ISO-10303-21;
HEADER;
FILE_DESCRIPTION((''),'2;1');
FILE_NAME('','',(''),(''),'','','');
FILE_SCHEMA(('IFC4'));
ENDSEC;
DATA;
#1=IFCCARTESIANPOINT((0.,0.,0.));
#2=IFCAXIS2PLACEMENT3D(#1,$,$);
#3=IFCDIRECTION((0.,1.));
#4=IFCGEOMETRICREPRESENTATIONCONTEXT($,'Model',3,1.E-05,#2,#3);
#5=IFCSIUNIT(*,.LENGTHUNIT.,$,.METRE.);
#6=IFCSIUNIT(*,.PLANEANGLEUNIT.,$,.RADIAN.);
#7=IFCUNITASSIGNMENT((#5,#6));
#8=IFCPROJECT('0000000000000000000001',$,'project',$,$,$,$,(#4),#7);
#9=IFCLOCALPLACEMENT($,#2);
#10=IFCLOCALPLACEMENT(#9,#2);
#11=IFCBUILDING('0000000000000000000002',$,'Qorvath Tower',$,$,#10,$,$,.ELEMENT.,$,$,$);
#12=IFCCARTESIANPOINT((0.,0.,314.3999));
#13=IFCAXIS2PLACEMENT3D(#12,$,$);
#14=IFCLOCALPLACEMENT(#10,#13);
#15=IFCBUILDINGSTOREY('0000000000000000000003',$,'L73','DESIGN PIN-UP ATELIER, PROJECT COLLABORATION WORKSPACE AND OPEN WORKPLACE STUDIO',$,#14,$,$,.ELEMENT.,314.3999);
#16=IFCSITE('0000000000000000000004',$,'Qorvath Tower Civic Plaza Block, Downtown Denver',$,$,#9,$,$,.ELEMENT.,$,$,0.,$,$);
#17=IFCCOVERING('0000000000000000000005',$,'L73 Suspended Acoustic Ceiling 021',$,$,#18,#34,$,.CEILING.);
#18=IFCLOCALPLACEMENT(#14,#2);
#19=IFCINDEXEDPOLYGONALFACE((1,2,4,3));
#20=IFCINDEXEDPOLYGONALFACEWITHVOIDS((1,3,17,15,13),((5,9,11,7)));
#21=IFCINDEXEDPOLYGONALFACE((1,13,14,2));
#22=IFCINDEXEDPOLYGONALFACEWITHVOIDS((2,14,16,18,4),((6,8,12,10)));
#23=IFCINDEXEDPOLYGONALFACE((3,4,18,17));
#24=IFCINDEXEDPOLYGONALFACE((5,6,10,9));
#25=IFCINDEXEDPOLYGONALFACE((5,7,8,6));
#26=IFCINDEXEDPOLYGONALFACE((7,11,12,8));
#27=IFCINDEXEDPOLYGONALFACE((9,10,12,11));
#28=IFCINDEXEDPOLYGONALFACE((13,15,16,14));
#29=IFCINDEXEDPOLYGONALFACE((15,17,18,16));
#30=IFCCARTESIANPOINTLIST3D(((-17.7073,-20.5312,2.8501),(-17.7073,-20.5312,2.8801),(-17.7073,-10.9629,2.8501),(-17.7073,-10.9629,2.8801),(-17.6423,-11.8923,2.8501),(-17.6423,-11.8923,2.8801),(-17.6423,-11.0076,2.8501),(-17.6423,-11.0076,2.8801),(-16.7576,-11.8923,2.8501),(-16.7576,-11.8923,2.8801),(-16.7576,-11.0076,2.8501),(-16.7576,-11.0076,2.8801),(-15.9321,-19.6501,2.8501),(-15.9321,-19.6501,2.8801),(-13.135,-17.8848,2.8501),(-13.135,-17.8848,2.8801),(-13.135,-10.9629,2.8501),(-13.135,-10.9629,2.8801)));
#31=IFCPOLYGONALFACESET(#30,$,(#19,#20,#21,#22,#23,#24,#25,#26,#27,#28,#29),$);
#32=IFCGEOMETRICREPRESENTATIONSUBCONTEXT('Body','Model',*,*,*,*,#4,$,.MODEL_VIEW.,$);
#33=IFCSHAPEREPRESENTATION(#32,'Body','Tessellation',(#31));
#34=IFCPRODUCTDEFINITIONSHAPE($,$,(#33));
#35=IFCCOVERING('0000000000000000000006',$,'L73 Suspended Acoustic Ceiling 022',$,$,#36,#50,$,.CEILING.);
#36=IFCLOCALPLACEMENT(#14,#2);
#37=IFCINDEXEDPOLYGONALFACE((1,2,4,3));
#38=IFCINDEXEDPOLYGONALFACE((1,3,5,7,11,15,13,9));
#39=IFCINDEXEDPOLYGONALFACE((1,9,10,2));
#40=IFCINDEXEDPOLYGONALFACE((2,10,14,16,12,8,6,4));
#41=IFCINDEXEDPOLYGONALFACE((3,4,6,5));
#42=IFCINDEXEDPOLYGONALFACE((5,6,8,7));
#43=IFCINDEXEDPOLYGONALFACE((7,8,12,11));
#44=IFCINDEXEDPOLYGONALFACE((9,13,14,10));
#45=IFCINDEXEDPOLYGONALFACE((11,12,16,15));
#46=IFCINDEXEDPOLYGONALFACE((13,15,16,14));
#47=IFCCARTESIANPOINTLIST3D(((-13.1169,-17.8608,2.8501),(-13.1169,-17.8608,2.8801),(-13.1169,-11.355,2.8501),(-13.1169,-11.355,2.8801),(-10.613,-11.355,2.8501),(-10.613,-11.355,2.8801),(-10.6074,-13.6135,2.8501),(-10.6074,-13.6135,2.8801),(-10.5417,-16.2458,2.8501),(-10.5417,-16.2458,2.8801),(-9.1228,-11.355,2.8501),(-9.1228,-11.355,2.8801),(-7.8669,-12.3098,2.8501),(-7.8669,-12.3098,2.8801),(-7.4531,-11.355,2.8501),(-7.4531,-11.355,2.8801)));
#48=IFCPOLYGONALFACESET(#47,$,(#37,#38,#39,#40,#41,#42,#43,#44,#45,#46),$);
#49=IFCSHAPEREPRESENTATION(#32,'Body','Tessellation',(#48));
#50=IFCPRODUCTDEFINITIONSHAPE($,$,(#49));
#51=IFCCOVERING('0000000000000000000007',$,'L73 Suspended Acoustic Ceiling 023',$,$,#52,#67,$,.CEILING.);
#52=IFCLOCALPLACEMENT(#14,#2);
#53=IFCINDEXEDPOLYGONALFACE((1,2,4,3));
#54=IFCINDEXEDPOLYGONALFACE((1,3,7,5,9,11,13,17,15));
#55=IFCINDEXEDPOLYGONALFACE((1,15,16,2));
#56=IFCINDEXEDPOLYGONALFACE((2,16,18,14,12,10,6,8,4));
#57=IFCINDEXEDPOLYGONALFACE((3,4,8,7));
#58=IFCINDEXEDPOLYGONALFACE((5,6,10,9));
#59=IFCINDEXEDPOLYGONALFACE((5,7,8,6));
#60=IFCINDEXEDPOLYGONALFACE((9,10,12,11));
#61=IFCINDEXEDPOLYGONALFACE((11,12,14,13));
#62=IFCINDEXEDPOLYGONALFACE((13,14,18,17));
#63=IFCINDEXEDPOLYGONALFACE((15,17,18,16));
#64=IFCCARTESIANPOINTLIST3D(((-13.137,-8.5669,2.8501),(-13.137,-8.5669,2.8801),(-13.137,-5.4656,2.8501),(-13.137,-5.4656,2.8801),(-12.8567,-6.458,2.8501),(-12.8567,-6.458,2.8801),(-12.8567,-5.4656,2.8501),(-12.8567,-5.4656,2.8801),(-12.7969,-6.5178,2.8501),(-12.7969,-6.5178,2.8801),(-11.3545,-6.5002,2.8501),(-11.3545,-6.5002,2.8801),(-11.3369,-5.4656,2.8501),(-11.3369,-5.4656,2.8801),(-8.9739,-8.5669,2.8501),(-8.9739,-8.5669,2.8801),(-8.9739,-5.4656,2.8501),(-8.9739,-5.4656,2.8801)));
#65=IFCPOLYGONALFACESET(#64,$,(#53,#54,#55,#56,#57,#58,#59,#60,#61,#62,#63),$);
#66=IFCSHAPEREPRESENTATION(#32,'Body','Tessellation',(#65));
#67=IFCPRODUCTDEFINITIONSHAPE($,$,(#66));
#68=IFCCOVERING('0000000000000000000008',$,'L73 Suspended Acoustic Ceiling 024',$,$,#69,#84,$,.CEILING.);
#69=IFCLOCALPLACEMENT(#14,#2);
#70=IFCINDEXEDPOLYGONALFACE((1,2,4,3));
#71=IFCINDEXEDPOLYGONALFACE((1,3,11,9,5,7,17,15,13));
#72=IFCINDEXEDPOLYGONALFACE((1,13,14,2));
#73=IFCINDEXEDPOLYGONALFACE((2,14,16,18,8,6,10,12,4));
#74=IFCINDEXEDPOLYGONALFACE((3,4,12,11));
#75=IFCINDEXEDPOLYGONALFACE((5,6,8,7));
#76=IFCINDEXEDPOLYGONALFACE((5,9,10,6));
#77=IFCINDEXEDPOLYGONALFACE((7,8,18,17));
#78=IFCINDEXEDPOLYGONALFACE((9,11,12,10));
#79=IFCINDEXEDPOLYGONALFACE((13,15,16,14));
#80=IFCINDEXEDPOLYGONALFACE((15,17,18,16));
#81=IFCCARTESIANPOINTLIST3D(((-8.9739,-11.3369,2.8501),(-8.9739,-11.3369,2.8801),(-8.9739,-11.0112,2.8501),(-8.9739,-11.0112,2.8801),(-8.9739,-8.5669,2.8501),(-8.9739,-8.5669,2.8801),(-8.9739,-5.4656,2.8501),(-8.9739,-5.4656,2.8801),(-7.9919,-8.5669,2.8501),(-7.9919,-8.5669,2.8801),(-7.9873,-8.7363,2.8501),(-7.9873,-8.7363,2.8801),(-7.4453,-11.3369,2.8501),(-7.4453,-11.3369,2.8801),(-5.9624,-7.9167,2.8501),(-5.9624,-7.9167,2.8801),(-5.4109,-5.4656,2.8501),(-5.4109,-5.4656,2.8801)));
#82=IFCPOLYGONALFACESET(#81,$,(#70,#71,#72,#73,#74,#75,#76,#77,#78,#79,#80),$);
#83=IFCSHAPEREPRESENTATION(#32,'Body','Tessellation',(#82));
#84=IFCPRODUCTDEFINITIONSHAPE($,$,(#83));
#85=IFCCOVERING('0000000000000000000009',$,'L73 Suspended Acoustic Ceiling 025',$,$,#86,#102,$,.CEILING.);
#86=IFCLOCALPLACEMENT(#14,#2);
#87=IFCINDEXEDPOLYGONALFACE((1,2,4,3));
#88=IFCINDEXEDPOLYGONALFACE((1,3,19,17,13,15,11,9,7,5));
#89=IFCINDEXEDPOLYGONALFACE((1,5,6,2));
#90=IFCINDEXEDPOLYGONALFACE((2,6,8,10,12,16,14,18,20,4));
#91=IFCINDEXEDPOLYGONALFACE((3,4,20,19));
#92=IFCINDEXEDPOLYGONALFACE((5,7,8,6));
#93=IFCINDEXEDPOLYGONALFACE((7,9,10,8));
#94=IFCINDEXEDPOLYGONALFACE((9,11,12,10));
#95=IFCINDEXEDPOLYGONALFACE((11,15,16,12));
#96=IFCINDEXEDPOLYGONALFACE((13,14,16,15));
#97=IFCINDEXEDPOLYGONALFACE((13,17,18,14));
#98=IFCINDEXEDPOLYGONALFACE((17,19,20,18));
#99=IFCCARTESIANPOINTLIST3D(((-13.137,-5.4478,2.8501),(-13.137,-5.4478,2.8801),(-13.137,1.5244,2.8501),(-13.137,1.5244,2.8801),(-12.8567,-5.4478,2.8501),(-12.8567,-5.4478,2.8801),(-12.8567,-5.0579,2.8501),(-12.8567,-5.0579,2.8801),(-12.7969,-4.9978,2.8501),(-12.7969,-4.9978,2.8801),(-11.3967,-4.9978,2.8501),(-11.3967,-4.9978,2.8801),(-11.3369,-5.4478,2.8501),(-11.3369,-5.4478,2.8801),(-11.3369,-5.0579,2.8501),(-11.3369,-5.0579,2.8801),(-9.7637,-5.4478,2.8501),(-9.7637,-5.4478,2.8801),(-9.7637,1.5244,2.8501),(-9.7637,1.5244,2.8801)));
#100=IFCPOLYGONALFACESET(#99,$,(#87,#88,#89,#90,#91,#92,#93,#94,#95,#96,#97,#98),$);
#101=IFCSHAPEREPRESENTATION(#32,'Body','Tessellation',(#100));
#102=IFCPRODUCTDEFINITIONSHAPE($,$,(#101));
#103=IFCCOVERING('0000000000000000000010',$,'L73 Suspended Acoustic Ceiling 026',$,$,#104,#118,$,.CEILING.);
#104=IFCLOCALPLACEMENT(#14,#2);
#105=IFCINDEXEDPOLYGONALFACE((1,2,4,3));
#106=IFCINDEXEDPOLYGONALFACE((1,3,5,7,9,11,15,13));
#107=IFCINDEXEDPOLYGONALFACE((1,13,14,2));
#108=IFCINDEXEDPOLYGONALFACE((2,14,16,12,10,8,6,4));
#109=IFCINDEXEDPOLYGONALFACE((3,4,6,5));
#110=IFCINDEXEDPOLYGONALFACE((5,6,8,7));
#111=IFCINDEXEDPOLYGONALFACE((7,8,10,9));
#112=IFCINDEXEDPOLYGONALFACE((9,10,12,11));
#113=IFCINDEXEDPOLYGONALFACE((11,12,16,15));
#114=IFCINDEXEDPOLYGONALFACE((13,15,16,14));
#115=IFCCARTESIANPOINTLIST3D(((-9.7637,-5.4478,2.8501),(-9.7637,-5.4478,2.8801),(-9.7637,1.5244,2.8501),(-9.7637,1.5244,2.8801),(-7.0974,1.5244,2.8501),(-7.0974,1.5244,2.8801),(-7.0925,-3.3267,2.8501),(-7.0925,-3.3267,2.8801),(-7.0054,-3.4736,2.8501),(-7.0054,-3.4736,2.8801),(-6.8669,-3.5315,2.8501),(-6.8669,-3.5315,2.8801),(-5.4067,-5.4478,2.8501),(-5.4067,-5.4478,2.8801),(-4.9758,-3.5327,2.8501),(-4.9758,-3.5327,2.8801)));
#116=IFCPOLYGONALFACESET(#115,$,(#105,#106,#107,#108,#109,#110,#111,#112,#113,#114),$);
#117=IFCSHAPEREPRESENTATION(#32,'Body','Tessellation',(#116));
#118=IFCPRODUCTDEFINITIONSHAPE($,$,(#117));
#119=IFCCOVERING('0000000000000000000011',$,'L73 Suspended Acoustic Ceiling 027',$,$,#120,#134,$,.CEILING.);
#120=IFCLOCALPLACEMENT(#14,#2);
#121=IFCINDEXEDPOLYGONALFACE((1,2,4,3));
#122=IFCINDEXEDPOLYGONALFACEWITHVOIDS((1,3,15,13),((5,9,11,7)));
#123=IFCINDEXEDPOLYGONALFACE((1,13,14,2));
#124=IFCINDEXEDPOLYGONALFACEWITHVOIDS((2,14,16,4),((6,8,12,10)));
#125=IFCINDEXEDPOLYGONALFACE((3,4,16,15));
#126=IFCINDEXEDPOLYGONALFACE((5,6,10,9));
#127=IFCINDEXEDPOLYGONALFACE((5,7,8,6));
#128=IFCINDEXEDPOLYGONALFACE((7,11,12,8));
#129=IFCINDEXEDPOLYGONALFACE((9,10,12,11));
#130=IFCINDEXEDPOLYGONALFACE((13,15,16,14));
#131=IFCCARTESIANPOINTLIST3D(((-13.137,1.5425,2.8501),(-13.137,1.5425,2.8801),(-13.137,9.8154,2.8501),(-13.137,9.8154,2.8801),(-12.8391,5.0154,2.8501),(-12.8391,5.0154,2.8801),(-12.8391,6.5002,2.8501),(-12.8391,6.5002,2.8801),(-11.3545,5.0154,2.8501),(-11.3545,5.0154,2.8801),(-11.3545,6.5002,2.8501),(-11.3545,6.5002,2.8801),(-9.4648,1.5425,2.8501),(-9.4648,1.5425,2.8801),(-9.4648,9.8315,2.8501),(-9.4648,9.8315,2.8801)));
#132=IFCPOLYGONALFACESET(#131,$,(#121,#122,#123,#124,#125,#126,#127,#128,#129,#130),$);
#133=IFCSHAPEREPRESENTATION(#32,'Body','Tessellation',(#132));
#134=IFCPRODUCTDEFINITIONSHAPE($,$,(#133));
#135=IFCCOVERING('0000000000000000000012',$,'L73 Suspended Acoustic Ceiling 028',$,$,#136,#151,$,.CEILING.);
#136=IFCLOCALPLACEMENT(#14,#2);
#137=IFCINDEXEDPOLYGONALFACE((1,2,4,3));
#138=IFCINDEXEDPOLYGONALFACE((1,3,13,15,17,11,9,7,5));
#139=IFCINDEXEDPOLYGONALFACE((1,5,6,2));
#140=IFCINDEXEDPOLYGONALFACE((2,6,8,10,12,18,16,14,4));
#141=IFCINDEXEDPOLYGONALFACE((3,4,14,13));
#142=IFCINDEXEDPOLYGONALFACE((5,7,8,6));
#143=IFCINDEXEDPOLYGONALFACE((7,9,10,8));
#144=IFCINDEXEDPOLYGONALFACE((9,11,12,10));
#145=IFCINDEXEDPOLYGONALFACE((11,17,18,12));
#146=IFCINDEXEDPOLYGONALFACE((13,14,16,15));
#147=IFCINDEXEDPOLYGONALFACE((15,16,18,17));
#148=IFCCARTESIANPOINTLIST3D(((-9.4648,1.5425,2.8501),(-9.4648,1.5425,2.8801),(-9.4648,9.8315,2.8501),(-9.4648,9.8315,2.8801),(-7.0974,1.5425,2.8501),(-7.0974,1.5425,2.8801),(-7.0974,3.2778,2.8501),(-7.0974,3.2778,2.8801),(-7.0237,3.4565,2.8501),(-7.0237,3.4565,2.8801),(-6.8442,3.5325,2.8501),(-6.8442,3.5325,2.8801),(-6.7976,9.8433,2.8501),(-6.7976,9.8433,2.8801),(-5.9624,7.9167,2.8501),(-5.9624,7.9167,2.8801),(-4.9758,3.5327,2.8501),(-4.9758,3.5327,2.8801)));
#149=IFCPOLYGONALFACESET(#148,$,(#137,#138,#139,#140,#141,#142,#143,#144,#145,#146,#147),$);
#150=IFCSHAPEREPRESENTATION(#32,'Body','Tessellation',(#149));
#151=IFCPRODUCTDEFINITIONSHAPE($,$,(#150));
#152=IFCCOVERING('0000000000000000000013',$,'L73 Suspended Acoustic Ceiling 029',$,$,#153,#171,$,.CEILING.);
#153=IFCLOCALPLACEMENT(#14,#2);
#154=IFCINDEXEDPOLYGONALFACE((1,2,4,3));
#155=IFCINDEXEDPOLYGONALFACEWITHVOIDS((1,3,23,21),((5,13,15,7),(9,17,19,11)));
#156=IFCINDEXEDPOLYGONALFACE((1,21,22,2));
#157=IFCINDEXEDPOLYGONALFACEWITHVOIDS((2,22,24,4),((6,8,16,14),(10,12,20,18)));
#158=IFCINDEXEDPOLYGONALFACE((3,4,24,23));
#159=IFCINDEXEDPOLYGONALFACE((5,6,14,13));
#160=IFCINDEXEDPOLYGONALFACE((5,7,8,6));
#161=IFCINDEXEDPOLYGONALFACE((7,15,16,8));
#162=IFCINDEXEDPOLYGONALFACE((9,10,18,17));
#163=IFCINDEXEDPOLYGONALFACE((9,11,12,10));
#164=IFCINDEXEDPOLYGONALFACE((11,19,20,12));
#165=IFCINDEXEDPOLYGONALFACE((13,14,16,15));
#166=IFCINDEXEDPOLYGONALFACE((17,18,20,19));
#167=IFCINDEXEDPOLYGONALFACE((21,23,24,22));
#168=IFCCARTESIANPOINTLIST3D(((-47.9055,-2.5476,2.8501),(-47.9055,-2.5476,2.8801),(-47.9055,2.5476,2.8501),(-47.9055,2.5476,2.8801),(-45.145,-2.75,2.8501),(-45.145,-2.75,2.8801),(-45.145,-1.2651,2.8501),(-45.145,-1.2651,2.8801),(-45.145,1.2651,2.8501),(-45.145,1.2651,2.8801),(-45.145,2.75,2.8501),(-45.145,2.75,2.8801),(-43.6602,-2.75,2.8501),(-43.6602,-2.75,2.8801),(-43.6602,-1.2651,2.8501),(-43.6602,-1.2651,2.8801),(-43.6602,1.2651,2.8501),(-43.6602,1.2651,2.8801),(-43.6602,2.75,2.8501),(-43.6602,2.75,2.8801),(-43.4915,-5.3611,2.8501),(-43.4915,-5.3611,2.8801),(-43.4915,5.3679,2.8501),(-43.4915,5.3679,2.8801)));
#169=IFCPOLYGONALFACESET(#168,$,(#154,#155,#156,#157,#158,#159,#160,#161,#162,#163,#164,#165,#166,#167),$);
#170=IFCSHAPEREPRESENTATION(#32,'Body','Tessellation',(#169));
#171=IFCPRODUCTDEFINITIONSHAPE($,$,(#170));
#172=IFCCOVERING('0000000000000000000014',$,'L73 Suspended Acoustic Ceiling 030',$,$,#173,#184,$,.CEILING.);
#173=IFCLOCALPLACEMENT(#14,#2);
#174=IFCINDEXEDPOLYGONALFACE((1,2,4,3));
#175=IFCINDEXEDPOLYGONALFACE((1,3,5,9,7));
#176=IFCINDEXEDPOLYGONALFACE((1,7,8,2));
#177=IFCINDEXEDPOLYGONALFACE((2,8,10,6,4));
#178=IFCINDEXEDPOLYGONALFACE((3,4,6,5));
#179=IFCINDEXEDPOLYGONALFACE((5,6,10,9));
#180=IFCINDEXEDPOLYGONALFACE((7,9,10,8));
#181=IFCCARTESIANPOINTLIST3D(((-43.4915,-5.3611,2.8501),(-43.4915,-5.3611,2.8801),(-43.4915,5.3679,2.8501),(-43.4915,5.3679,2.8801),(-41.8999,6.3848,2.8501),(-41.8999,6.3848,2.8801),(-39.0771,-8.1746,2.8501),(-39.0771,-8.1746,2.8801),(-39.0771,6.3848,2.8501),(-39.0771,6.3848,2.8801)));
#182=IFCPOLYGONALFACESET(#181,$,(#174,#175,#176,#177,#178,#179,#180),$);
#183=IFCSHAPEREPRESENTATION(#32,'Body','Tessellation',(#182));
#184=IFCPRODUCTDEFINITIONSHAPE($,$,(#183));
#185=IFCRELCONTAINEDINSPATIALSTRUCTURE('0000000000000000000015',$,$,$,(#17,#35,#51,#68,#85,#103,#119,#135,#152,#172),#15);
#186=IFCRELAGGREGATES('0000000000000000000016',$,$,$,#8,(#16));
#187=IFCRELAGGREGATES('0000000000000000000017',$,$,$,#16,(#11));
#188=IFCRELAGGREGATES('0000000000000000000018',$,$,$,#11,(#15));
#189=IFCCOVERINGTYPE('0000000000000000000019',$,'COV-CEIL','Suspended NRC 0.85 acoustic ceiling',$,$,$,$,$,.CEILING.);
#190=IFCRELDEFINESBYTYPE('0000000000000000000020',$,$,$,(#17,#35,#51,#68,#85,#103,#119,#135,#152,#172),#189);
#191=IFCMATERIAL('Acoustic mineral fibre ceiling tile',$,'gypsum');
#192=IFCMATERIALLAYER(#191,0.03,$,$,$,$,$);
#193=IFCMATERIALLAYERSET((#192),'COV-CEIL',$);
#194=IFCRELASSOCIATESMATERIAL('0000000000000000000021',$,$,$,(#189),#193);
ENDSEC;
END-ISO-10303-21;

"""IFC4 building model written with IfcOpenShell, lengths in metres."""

from ifc_helpers import new_model, si_unit, direction, frame, origin, place, context, subcontext, project, spatial, polyline, outline, extrude, material, layer, layer_set, type_object, element, save


model = new_model("IFC4")

# Units and contexts
model_context = context("Model", 3, precision=1e-05, world=origin(), true_north=direction((0.0, 1.0)))
body_context = subcontext(model_context, "Body", "Model", "MODEL_VIEW")
ifc_project = project(units=[si_unit("LENGTHUNIT", "METRE"), si_unit("PLANEANGLEUNIT", "RADIAN")], contexts=[model_context])

# Site, building, storey
site_placement = place(None, origin())
site = spatial("IfcSite", under=ifc_project, at=site_placement, Name="Qorvath Tower Civic Plaza Block, Downtown Denver", CompositionType="ELEMENT", RefElevation=0.0)
building_placement = place(site_placement, origin())
building = spatial("IfcBuilding", under=site, at=building_placement, Name="Qorvath Tower", CompositionType="ELEMENT")
storey_placement = place(building_placement, frame((0.0, 0.0, 314.3999)))
storey = spatial("IfcBuildingStorey", under=building, at=storey_placement, Name="L73", Description="DESIGN PIN-UP ATELIER, PROJECT COLLABORATION WORKSPACE AND OPEN WORKPLACE STUDIO", CompositionType="ELEMENT", Elevation=314.3999)

# Coverings
ifc_material_1 = material(Name="Acoustic mineral fibre ceiling tile", Category="gypsum")
ifc_layer_1 = layer(ifc_material_1, 0.03)
ifc_layer_set_1 = layer_set([ifc_layer_1], Name="COV-CEIL")
covering_type_1 = type_object("IfcCoveringType", Name="COV-CEIL", Description="Suspended NRC 0.85 acoustic ceiling", PredefinedType="CEILING", material=ifc_layer_set_1)
covering_1_placement = place(storey_placement, frame((0.0, 0.0, 2.8501)))
element("IfcCovering", 1, at=covering_1_placement, inside=storey, type_object=covering_type_1, Name="L73 Suspended Acoustic Ceiling 021", PredefinedType="CEILING", context=body_context, shape_type="SweptSolid", body=[
    extrude(outline(polyline([(-17.7073, -10.9629), (-17.7073, -20.5312), (-15.9321, -19.6501), (-13.135, -17.8848), (-13.135, -10.9629), (-17.7073, -10.9629)]), holes=[polyline([(-17.6423, -11.8923), (-17.6423, -11.0076), (-16.7576, -11.0076), (-16.7576, -11.8923), (-17.6423, -11.8923)])]), origin(), (0.0, 0.0, 1.0), 0.03),
])
covering_2_placement = place(storey_placement, frame((0.0, 0.0, 2.8501)))
element("IfcCovering", 2, at=covering_2_placement, inside=storey, type_object=covering_type_1, Name="L73 Suspended Acoustic Ceiling 022", PredefinedType="CEILING", context=body_context, shape_type="SweptSolid", body=[
    extrude(outline(polyline([(-13.1169, -17.8608), (-10.5417, -16.2458), (-7.8669, -12.3098), (-7.4531, -11.355), (-9.1228, -11.355), (-10.6074, -13.6135), (-10.613, -11.355), (-13.1169, -11.355), (-13.1169, -17.8608)])), origin(), (0.0, 0.0, 1.0), 0.03),
])
covering_3_placement = place(storey_placement, frame((0.0, 0.0, 2.8501)))
element("IfcCovering", 3, at=covering_3_placement, inside=storey, type_object=covering_type_1, Name="L73 Suspended Acoustic Ceiling 023", PredefinedType="CEILING", context=body_context, shape_type="SweptSolid", body=[
    extrude(outline(polyline([(-8.9739, -8.5669), (-8.9739, -5.4656), (-11.3369, -5.4656), (-11.3545, -6.5002), (-12.7969, -6.5178), (-12.8567, -6.458), (-12.8567, -5.4656), (-13.137, -5.4656), (-13.137, -8.5669), (-8.9739, -8.5669)])), origin(), (0.0, 0.0, 1.0), 0.03),
])
covering_4_placement = place(storey_placement, frame((0.0, 0.0, 2.8501)))
element("IfcCovering", 4, at=covering_4_placement, inside=storey, type_object=covering_type_1, Name="L73 Suspended Acoustic Ceiling 024", PredefinedType="CEILING", context=body_context, shape_type="SweptSolid", body=[
    extrude(outline(polyline([(-7.9873, -8.7363), (-8.9739, -11.0112), (-8.9739, -11.3369), (-7.4453, -11.3369), (-5.9624, -7.9167), (-5.4109, -5.4656), (-8.9739, -5.4656), (-8.9739, -8.5669), (-7.9919, -8.5669), (-7.9873, -8.7363)])), origin(), (0.0, 0.0, 1.0), 0.03),
])
covering_5_placement = place(storey_placement, frame((0.0, 0.0, 2.8501)))
element("IfcCovering", 5, at=covering_5_placement, inside=storey, type_object=covering_type_1, Name="L73 Suspended Acoustic Ceiling 025", PredefinedType="CEILING", context=body_context, shape_type="SweptSolid", body=[
    extrude(outline(polyline([(-9.7637, -5.4478), (-9.7637, 1.5244), (-13.137, 1.5244), (-13.137, -5.4478), (-12.8567, -5.4478), (-12.8567, -5.0579), (-12.7969, -4.9978), (-11.3967, -4.9978), (-11.3369, -5.0579), (-11.3369, -5.4478), (-9.7637, -5.4478)])), origin(), (0.0, 0.0, 1.0), 0.03),
])
covering_6_placement = place(storey_placement, frame((0.0, 0.0, 2.8501)))
element("IfcCovering", 6, at=covering_6_placement, inside=storey, type_object=covering_type_1, Name="L73 Suspended Acoustic Ceiling 026", PredefinedType="CEILING", context=body_context, shape_type="SweptSolid", body=[
    extrude(outline(polyline([(-7.0054, -3.4736), (-7.0925, -3.3267), (-7.0974, 1.5244), (-9.7637, 1.5244), (-9.7637, -5.4478), (-5.4067, -5.4478), (-4.9758, -3.5327), (-6.8669, -3.5315), (-7.0054, -3.4736)])), origin(), (0.0, 0.0, 1.0), 0.03),
])
covering_7_placement = place(storey_placement, frame((0.0, 0.0, 2.8501)))
element("IfcCovering", 7, at=covering_7_placement, inside=storey, type_object=covering_type_1, Name="L73 Suspended Acoustic Ceiling 027", PredefinedType="CEILING", context=body_context, shape_type="SweptSolid", body=[
    extrude(outline(polyline([(-9.4648, 1.5425), (-9.4648, 9.8315), (-13.137, 9.8154), (-13.137, 1.5425), (-9.4648, 1.5425)]), holes=[polyline([(-12.8391, 5.0154), (-12.8391, 6.5002), (-11.3545, 6.5002), (-11.3545, 5.0154), (-12.8391, 5.0154)])]), origin(), (0.0, 0.0, 1.0), 0.03),
])
covering_8_placement = place(storey_placement, frame((0.0, 0.0, 2.8501)))
element("IfcCovering", 8, at=covering_8_placement, inside=storey, type_object=covering_type_1, Name="L73 Suspended Acoustic Ceiling 028", PredefinedType="CEILING", context=body_context, shape_type="SweptSolid", body=[
    extrude(outline(polyline([(-6.8442, 3.5325), (-4.9758, 3.5327), (-5.9624, 7.9167), (-6.7976, 9.8433), (-9.4648, 9.8315), (-9.4648, 1.5425), (-7.0974, 1.5425), (-7.0974, 3.2778), (-7.0237, 3.4565), (-6.8442, 3.5325)])), origin(), (0.0, 0.0, 1.0), 0.03),
])
covering_9_placement = place(storey_placement, frame((0.0, 0.0, 2.8501)))
element("IfcCovering", 9, at=covering_9_placement, inside=storey, type_object=covering_type_1, Name="L73 Suspended Acoustic Ceiling 029", PredefinedType="CEILING", context=body_context, shape_type="SweptSolid", body=[
    extrude(outline(polyline([(-47.9055, 2.5476), (-47.9055, -2.5476), (-43.4915, -5.3611), (-43.4915, 5.3679), (-47.9055, 2.5476)]), holes=[polyline([(-45.145, -2.75), (-45.145, -1.2651), (-43.6602, -1.2651), (-43.6602, -2.75), (-45.145, -2.75)]), polyline([(-45.145, 1.2651), (-45.145, 2.75), (-43.6602, 2.75), (-43.6602, 1.2651), (-45.145, 1.2651)])]), origin(), (0.0, 0.0, 1.0), 0.03),
])
covering_10_placement = place(storey_placement, frame((0.0, 0.0, 2.8501)))
element("IfcCovering", 10, at=covering_10_placement, inside=storey, type_object=covering_type_1, Name="L73 Suspended Acoustic Ceiling 030", PredefinedType="CEILING", context=body_context, shape_type="SweptSolid", body=[
    extrude(outline(polyline([(-43.4915, 5.3679), (-43.4915, -5.3611), (-39.0771, -8.1746), (-39.0771, 6.3848), (-41.8999, 6.3848), (-43.4915, 5.3679)])), origin(), (0.0, 0.0, 1.0), 0.03),
])

save(model, "model.ifc")
